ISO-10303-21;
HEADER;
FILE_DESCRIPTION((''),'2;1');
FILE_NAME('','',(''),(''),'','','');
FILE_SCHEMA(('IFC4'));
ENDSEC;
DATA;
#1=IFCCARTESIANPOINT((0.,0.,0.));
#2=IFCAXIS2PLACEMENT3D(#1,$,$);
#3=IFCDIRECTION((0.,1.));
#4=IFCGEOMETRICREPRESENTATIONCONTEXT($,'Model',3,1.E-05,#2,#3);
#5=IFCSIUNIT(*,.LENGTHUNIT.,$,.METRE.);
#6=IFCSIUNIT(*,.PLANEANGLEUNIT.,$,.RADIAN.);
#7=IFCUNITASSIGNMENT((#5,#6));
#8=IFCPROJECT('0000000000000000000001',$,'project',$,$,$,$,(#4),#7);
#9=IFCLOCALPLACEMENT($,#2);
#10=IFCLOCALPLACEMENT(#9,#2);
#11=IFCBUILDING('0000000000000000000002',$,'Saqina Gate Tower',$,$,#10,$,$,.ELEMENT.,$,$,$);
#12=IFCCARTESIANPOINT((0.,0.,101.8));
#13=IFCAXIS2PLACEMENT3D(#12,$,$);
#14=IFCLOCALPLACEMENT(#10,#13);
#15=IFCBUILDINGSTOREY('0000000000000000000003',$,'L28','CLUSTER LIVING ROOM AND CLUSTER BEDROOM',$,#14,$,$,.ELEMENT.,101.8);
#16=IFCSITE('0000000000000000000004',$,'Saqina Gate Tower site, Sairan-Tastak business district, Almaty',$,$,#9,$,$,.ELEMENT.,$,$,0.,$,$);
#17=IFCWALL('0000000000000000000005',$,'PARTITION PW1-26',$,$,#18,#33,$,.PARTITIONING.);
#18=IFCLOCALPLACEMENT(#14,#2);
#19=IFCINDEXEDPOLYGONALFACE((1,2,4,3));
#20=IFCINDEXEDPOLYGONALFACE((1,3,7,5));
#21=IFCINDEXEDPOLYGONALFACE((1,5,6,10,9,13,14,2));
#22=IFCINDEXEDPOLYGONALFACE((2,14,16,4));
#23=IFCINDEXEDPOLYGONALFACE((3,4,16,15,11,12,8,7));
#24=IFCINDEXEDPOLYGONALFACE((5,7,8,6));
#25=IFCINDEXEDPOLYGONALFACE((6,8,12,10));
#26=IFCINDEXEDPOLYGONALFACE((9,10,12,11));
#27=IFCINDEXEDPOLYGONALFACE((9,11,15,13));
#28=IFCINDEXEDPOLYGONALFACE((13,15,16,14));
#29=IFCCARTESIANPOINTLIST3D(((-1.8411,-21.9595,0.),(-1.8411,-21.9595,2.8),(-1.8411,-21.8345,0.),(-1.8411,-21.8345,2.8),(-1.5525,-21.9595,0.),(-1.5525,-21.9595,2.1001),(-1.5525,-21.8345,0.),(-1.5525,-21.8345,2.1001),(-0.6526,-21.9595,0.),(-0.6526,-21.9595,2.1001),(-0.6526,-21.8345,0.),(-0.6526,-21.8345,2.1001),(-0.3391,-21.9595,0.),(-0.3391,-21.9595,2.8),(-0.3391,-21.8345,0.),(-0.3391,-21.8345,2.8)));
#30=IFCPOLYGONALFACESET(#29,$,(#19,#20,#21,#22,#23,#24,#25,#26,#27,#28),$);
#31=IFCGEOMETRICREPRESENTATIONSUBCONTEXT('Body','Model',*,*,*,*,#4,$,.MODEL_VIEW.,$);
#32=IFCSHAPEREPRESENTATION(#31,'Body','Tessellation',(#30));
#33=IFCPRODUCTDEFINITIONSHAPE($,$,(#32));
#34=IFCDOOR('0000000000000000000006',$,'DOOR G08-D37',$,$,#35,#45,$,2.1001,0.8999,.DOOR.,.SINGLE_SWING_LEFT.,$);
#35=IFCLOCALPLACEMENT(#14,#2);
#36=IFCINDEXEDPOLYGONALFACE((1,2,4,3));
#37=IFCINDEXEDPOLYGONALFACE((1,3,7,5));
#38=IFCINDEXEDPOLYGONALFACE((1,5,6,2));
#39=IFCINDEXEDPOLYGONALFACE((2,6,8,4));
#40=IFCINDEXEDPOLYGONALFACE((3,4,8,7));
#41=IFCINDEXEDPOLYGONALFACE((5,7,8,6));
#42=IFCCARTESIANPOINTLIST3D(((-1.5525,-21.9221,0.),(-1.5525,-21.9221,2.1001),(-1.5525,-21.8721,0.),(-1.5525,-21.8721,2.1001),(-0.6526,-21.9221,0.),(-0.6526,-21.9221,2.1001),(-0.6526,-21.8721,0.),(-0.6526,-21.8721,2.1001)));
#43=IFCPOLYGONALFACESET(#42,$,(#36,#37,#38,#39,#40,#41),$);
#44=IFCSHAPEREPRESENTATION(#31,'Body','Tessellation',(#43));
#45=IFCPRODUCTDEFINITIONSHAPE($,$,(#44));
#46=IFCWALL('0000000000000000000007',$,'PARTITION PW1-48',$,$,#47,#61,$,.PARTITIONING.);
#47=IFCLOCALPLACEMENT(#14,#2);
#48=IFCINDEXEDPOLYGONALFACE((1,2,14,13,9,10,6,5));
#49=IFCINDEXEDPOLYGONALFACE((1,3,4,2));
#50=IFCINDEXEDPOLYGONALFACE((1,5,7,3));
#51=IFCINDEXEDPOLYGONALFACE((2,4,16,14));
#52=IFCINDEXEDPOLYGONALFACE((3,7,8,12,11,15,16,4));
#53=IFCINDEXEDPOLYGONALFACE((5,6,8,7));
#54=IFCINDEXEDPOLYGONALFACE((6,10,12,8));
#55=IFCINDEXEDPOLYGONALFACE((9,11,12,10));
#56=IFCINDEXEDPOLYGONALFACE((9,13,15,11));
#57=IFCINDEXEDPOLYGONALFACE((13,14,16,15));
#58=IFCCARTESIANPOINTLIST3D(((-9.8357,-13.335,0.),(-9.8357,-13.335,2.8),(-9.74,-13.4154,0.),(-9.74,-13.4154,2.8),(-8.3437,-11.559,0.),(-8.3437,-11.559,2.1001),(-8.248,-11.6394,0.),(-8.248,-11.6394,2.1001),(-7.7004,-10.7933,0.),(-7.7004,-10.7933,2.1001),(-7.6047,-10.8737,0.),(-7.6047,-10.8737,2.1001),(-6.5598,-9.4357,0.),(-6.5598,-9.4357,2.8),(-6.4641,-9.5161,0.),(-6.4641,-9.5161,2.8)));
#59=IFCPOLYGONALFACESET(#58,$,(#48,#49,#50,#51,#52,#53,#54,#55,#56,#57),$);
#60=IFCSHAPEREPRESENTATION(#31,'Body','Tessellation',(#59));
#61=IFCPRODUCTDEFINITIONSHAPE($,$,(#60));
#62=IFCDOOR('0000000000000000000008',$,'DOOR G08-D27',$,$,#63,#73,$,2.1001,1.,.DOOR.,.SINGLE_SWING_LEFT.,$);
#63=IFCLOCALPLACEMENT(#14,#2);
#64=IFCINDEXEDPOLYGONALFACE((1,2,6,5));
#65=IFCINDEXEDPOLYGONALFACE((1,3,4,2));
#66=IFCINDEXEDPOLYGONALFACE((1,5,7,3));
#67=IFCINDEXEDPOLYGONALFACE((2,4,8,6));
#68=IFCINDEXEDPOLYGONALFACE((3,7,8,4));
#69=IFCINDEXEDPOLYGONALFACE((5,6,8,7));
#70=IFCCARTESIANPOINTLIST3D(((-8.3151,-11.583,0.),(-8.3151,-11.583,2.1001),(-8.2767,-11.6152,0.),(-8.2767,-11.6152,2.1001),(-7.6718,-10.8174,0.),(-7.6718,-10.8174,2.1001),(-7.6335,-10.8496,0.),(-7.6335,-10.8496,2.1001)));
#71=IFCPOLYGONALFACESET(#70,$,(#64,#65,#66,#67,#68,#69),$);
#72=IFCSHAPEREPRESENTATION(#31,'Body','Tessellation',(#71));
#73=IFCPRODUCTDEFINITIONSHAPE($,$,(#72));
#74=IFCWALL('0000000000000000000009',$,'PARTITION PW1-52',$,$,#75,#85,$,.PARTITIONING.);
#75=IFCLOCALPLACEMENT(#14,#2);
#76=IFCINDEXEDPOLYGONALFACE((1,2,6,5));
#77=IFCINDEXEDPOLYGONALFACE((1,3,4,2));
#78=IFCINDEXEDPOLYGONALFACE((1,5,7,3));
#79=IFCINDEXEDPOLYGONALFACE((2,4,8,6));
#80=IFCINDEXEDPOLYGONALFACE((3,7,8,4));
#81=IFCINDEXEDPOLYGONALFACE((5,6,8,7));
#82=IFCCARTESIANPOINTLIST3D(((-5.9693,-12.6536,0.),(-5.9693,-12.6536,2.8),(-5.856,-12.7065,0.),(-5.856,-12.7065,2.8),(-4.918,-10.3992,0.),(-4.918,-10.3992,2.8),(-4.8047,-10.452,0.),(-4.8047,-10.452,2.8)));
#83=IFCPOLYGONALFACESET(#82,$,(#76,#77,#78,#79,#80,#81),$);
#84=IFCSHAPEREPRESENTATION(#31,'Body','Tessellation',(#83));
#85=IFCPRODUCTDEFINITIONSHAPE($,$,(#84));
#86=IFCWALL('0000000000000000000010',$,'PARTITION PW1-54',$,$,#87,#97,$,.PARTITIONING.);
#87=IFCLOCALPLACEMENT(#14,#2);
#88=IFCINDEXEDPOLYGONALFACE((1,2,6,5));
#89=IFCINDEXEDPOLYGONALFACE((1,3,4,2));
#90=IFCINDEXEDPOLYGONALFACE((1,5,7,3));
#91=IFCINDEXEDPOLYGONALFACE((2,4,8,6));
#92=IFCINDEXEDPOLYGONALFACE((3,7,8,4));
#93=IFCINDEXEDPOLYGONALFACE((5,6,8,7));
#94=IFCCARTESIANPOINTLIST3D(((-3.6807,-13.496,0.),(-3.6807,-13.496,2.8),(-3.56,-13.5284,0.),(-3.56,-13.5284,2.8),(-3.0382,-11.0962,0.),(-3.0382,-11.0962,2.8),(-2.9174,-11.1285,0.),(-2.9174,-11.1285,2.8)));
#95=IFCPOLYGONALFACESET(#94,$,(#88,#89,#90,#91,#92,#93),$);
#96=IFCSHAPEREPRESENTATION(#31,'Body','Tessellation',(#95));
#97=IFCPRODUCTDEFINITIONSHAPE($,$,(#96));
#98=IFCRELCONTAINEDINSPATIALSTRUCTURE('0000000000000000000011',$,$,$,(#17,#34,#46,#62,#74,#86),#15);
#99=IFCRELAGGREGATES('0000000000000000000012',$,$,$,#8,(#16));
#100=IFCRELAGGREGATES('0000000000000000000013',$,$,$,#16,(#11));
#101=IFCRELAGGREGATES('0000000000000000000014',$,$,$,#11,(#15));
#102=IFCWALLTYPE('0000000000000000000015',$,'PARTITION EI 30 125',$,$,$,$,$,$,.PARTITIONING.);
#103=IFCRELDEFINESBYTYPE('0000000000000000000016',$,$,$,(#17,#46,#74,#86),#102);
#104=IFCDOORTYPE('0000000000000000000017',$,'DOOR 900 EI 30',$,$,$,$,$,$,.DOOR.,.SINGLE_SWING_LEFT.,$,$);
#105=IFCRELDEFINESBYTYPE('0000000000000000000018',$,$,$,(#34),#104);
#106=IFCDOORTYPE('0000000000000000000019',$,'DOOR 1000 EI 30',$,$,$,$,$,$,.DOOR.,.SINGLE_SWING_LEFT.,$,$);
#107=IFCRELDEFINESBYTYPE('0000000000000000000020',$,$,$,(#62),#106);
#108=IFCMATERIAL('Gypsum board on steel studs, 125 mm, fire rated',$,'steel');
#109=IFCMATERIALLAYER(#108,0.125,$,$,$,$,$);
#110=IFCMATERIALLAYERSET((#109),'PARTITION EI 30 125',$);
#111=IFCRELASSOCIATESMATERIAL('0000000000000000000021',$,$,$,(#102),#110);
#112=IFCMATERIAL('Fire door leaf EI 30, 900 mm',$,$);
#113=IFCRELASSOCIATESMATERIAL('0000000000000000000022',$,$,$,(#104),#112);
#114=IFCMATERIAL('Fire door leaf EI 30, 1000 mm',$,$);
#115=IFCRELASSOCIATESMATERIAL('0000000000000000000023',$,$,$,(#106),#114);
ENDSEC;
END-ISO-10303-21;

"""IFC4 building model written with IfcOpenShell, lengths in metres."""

from ifc_helpers import new_model, si_unit, direction, frame, frame_2d, origin, place, context, subcontext, project, spatial, rectangle, extrude, material, layer, layer_set, type_object, element, fill, save


model = new_model("IFC4")

# Units and contexts
model_context = context("Model", 3, precision=1e-05, world=origin(), true_north=direction((0.0, 1.0)))
body_context = subcontext(model_context, "Body", "Model", "MODEL_VIEW")
ifc_project = project(units=[si_unit("LENGTHUNIT", "METRE"), si_unit("PLANEANGLEUNIT", "RADIAN")], contexts=[model_context])

# Site, building, storey
site_placement = place(None, origin())
site = spatial("IfcSite", under=ifc_project, at=site_placement, Name="Saqina Gate Tower site, Sairan-Tastak business district, Almaty", CompositionType="ELEMENT", RefElevation=0.0)
building_placement = place(site_placement, origin())
building = spatial("IfcBuilding", under=site, at=building_placement, Name="Saqina Gate Tower", CompositionType="ELEMENT")
storey_placement = place(building_placement, frame((0.0, 0.0, 101.8)))
storey = spatial("IfcBuildingStorey", under=building, at=storey_placement, Name="L28", Description="CLUSTER LIVING ROOM AND CLUSTER BEDROOM", CompositionType="ELEMENT", Elevation=101.8)

# Shared definitions
ifc_material_1 = material(Name="Gypsum board on steel studs, 125 mm, fire rated", Category="steel")
ifc_layer_1 = layer(ifc_material_1, 0.125)
ifc_layer_set_1 = layer_set([ifc_layer_1], Name="PARTITION EI 30 125")
wall_type_1 = type_object("IfcWallType", Name="PARTITION EI 30 125", PredefinedType="PARTITIONING", material=ifc_layer_set_1)
ifc_material_2 = material(Name="Fire door leaf EI 30, 900 mm")
door_type_1 = type_object("IfcDoorType", Name="DOOR 900 EI 30", OperationType="SINGLE_SWING_LEFT", PredefinedType="DOOR", material=ifc_material_2)

# Walls, openings, doors
wall_1_placement = place(storey_placement, frame((-1.8411, -21.897, 0.0), z_axis=(0.0, 0.0, 1.0), x_axis=(1.0, 0.0, 0.0)))
wall_1 = element("IfcWall", 1, at=wall_1_placement, inside=storey, type_object=wall_type_1, Name="PARTITION PW1-26", PredefinedType="PARTITIONING", context=body_context, shape_type="SweptSolid", body=[
    extrude(rectangle(XDim=1.502, YDim=0.125, at=frame_2d((0.751, 0.0))), origin(), (0.0, 0.0, 1.0), 2.8),
])
opening_1_placement = place(wall_1_placement, frame((0.2886, 0.0, 0.0)))
opening_1 = element("IfcOpeningElement", 2, at=opening_1_placement, cuts=wall_1, PredefinedType="OPENING", context=body_context, shape_type="SweptSolid", body=[
    extrude(rectangle(XDim=0.8999, YDim=2.1001, at=frame_2d((0.45, 1.05))), frame((0.0, 0.0745, 0.0), z_axis=(0.0, -1.0, 0.0), x_axis=(1.0, 0.0, 0.0)), (0.0, 0.0, 1.0), 0.1489),
])
door_1_placement = place(opening_1_placement, origin())
door_1 = element("IfcDoor", 3, at=door_1_placement, inside=storey, type_object=door_type_1, Name="DOOR G08-D37", OperationType="SINGLE_SWING_LEFT", OverallHeight=2.1001, OverallWidth=0.8999, PredefinedType="DOOR", context=body_context, shape_type="SweptSolid", body=[
    extrude(rectangle(XDim=0.8999, YDim=2.1001, at=frame_2d((0.45, 1.05))), frame((0.0, 0.0249, 0.0), z_axis=(0.0, -1.0, 0.0), x_axis=(1.0, 0.0, 0.0)), (0.0, 0.0, 1.0), 0.05),
])
fill(opening_1, door_1)
wall_2_placement = place(storey_placement, frame((-9.7878, -13.3752, 0.0), z_axis=(0.0, 0.0, 1.0), x_axis=(0.643235, 0.765669, 0.0)))
wall_2 = element("IfcWall", 4, at=wall_2_placement, inside=storey, type_object=wall_type_1, Name="PARTITION PW1-48", PredefinedType="PARTITIONING", context=body_context, shape_type="SweptSolid", body=[
    extrude(rectangle(XDim=5.0928, YDim=0.125, at=frame_2d((2.5464, 0.0))), origin(), (0.0, 0.0, 1.0), 2.8),
])
opening_2_placement = place(wall_2_placement, frame((2.3196, 0.0, 0.0)))
opening_2 = element("IfcOpeningElement", 5, at=opening_2_placement, cuts=wall_2, PredefinedType="OPENING", context=body_context, shape_type="SweptSolid", body=[
    extrude(rectangle(XDim=1.0, YDim=2.1001, at=frame_2d((0.5, 1.05))), frame((0.0, 0.0745, 0.0), z_axis=(0.0, -1.0, 0.0), x_axis=(1.0, 0.0, 0.0)), (0.0, 0.0, 1.0), 0.1489),
])
ifc_material_3 = material(Name="Fire door leaf EI 30, 1000 mm")
door_type_2 = type_object("IfcDoorType", Name="DOOR 1000 EI 30", OperationType="SINGLE_SWING_LEFT", PredefinedType="DOOR", material=ifc_material_3)
door_2_placement = place(opening_2_placement, frame((1.0, 0.0, 0.0), z_axis=(0.0, 0.0, 1.0), x_axis=(-1.0, 0.0, 0.0)))
door_2 = element("IfcDoor", 6, at=door_2_placement, inside=storey, type_object=door_type_2, Name="DOOR G08-D27", OperationType="SINGLE_SWING_LEFT", OverallHeight=2.1001, OverallWidth=1.0, PredefinedType="DOOR", context=body_context, shape_type="SweptSolid", body=[
    extrude(rectangle(XDim=1.0, YDim=2.1001, at=frame_2d((0.5, 1.05))), frame((0.0, 0.0249, 0.0), z_axis=(0.0, -1.0, 0.0), x_axis=(1.0, 0.0, 0.0)), (0.0, 0.0, 1.0), 0.05),
])
fill(opening_2, door_2)

# Walls
wall_3_placement = place(storey_placement, frame((-5.9126, -12.6799, 0.0), z_axis=(0.0, 0.0, 1.0), x_axis=(0.422628, 0.906303, 0.0)))
element("IfcWall", 7, at=wall_3_placement, inside=storey, type_object=wall_type_1, Name="PARTITION PW1-52", PredefinedType="PARTITIONING", context=body_context, shape_type="SweptSolid", body=[
    extrude(rectangle(XDim=2.4875, YDim=0.125, at=frame_2d((1.2437, 0.0))), origin(), (0.0, 0.0, 1.0), 2.8),
])
wall_4_placement = place(storey_placement, frame((-3.6204, -13.5122, 0.0), z_axis=(0.0, 0.0, 1.0), x_axis=(0.258641, 0.965973, 0.0)))
element("IfcWall", 8, at=wall_4_placement, inside=storey, type_object=wall_type_1, Name="PARTITION PW1-54", PredefinedType="PARTITIONING", context=body_context, shape_type="SweptSolid", body=[
    extrude(rectangle(XDim=2.4844, YDim=0.125, at=frame_2d((1.2422, 0.0))), origin(), (0.0, 0.0, 1.0), 2.8),
])

save(model, "model.ifc")
